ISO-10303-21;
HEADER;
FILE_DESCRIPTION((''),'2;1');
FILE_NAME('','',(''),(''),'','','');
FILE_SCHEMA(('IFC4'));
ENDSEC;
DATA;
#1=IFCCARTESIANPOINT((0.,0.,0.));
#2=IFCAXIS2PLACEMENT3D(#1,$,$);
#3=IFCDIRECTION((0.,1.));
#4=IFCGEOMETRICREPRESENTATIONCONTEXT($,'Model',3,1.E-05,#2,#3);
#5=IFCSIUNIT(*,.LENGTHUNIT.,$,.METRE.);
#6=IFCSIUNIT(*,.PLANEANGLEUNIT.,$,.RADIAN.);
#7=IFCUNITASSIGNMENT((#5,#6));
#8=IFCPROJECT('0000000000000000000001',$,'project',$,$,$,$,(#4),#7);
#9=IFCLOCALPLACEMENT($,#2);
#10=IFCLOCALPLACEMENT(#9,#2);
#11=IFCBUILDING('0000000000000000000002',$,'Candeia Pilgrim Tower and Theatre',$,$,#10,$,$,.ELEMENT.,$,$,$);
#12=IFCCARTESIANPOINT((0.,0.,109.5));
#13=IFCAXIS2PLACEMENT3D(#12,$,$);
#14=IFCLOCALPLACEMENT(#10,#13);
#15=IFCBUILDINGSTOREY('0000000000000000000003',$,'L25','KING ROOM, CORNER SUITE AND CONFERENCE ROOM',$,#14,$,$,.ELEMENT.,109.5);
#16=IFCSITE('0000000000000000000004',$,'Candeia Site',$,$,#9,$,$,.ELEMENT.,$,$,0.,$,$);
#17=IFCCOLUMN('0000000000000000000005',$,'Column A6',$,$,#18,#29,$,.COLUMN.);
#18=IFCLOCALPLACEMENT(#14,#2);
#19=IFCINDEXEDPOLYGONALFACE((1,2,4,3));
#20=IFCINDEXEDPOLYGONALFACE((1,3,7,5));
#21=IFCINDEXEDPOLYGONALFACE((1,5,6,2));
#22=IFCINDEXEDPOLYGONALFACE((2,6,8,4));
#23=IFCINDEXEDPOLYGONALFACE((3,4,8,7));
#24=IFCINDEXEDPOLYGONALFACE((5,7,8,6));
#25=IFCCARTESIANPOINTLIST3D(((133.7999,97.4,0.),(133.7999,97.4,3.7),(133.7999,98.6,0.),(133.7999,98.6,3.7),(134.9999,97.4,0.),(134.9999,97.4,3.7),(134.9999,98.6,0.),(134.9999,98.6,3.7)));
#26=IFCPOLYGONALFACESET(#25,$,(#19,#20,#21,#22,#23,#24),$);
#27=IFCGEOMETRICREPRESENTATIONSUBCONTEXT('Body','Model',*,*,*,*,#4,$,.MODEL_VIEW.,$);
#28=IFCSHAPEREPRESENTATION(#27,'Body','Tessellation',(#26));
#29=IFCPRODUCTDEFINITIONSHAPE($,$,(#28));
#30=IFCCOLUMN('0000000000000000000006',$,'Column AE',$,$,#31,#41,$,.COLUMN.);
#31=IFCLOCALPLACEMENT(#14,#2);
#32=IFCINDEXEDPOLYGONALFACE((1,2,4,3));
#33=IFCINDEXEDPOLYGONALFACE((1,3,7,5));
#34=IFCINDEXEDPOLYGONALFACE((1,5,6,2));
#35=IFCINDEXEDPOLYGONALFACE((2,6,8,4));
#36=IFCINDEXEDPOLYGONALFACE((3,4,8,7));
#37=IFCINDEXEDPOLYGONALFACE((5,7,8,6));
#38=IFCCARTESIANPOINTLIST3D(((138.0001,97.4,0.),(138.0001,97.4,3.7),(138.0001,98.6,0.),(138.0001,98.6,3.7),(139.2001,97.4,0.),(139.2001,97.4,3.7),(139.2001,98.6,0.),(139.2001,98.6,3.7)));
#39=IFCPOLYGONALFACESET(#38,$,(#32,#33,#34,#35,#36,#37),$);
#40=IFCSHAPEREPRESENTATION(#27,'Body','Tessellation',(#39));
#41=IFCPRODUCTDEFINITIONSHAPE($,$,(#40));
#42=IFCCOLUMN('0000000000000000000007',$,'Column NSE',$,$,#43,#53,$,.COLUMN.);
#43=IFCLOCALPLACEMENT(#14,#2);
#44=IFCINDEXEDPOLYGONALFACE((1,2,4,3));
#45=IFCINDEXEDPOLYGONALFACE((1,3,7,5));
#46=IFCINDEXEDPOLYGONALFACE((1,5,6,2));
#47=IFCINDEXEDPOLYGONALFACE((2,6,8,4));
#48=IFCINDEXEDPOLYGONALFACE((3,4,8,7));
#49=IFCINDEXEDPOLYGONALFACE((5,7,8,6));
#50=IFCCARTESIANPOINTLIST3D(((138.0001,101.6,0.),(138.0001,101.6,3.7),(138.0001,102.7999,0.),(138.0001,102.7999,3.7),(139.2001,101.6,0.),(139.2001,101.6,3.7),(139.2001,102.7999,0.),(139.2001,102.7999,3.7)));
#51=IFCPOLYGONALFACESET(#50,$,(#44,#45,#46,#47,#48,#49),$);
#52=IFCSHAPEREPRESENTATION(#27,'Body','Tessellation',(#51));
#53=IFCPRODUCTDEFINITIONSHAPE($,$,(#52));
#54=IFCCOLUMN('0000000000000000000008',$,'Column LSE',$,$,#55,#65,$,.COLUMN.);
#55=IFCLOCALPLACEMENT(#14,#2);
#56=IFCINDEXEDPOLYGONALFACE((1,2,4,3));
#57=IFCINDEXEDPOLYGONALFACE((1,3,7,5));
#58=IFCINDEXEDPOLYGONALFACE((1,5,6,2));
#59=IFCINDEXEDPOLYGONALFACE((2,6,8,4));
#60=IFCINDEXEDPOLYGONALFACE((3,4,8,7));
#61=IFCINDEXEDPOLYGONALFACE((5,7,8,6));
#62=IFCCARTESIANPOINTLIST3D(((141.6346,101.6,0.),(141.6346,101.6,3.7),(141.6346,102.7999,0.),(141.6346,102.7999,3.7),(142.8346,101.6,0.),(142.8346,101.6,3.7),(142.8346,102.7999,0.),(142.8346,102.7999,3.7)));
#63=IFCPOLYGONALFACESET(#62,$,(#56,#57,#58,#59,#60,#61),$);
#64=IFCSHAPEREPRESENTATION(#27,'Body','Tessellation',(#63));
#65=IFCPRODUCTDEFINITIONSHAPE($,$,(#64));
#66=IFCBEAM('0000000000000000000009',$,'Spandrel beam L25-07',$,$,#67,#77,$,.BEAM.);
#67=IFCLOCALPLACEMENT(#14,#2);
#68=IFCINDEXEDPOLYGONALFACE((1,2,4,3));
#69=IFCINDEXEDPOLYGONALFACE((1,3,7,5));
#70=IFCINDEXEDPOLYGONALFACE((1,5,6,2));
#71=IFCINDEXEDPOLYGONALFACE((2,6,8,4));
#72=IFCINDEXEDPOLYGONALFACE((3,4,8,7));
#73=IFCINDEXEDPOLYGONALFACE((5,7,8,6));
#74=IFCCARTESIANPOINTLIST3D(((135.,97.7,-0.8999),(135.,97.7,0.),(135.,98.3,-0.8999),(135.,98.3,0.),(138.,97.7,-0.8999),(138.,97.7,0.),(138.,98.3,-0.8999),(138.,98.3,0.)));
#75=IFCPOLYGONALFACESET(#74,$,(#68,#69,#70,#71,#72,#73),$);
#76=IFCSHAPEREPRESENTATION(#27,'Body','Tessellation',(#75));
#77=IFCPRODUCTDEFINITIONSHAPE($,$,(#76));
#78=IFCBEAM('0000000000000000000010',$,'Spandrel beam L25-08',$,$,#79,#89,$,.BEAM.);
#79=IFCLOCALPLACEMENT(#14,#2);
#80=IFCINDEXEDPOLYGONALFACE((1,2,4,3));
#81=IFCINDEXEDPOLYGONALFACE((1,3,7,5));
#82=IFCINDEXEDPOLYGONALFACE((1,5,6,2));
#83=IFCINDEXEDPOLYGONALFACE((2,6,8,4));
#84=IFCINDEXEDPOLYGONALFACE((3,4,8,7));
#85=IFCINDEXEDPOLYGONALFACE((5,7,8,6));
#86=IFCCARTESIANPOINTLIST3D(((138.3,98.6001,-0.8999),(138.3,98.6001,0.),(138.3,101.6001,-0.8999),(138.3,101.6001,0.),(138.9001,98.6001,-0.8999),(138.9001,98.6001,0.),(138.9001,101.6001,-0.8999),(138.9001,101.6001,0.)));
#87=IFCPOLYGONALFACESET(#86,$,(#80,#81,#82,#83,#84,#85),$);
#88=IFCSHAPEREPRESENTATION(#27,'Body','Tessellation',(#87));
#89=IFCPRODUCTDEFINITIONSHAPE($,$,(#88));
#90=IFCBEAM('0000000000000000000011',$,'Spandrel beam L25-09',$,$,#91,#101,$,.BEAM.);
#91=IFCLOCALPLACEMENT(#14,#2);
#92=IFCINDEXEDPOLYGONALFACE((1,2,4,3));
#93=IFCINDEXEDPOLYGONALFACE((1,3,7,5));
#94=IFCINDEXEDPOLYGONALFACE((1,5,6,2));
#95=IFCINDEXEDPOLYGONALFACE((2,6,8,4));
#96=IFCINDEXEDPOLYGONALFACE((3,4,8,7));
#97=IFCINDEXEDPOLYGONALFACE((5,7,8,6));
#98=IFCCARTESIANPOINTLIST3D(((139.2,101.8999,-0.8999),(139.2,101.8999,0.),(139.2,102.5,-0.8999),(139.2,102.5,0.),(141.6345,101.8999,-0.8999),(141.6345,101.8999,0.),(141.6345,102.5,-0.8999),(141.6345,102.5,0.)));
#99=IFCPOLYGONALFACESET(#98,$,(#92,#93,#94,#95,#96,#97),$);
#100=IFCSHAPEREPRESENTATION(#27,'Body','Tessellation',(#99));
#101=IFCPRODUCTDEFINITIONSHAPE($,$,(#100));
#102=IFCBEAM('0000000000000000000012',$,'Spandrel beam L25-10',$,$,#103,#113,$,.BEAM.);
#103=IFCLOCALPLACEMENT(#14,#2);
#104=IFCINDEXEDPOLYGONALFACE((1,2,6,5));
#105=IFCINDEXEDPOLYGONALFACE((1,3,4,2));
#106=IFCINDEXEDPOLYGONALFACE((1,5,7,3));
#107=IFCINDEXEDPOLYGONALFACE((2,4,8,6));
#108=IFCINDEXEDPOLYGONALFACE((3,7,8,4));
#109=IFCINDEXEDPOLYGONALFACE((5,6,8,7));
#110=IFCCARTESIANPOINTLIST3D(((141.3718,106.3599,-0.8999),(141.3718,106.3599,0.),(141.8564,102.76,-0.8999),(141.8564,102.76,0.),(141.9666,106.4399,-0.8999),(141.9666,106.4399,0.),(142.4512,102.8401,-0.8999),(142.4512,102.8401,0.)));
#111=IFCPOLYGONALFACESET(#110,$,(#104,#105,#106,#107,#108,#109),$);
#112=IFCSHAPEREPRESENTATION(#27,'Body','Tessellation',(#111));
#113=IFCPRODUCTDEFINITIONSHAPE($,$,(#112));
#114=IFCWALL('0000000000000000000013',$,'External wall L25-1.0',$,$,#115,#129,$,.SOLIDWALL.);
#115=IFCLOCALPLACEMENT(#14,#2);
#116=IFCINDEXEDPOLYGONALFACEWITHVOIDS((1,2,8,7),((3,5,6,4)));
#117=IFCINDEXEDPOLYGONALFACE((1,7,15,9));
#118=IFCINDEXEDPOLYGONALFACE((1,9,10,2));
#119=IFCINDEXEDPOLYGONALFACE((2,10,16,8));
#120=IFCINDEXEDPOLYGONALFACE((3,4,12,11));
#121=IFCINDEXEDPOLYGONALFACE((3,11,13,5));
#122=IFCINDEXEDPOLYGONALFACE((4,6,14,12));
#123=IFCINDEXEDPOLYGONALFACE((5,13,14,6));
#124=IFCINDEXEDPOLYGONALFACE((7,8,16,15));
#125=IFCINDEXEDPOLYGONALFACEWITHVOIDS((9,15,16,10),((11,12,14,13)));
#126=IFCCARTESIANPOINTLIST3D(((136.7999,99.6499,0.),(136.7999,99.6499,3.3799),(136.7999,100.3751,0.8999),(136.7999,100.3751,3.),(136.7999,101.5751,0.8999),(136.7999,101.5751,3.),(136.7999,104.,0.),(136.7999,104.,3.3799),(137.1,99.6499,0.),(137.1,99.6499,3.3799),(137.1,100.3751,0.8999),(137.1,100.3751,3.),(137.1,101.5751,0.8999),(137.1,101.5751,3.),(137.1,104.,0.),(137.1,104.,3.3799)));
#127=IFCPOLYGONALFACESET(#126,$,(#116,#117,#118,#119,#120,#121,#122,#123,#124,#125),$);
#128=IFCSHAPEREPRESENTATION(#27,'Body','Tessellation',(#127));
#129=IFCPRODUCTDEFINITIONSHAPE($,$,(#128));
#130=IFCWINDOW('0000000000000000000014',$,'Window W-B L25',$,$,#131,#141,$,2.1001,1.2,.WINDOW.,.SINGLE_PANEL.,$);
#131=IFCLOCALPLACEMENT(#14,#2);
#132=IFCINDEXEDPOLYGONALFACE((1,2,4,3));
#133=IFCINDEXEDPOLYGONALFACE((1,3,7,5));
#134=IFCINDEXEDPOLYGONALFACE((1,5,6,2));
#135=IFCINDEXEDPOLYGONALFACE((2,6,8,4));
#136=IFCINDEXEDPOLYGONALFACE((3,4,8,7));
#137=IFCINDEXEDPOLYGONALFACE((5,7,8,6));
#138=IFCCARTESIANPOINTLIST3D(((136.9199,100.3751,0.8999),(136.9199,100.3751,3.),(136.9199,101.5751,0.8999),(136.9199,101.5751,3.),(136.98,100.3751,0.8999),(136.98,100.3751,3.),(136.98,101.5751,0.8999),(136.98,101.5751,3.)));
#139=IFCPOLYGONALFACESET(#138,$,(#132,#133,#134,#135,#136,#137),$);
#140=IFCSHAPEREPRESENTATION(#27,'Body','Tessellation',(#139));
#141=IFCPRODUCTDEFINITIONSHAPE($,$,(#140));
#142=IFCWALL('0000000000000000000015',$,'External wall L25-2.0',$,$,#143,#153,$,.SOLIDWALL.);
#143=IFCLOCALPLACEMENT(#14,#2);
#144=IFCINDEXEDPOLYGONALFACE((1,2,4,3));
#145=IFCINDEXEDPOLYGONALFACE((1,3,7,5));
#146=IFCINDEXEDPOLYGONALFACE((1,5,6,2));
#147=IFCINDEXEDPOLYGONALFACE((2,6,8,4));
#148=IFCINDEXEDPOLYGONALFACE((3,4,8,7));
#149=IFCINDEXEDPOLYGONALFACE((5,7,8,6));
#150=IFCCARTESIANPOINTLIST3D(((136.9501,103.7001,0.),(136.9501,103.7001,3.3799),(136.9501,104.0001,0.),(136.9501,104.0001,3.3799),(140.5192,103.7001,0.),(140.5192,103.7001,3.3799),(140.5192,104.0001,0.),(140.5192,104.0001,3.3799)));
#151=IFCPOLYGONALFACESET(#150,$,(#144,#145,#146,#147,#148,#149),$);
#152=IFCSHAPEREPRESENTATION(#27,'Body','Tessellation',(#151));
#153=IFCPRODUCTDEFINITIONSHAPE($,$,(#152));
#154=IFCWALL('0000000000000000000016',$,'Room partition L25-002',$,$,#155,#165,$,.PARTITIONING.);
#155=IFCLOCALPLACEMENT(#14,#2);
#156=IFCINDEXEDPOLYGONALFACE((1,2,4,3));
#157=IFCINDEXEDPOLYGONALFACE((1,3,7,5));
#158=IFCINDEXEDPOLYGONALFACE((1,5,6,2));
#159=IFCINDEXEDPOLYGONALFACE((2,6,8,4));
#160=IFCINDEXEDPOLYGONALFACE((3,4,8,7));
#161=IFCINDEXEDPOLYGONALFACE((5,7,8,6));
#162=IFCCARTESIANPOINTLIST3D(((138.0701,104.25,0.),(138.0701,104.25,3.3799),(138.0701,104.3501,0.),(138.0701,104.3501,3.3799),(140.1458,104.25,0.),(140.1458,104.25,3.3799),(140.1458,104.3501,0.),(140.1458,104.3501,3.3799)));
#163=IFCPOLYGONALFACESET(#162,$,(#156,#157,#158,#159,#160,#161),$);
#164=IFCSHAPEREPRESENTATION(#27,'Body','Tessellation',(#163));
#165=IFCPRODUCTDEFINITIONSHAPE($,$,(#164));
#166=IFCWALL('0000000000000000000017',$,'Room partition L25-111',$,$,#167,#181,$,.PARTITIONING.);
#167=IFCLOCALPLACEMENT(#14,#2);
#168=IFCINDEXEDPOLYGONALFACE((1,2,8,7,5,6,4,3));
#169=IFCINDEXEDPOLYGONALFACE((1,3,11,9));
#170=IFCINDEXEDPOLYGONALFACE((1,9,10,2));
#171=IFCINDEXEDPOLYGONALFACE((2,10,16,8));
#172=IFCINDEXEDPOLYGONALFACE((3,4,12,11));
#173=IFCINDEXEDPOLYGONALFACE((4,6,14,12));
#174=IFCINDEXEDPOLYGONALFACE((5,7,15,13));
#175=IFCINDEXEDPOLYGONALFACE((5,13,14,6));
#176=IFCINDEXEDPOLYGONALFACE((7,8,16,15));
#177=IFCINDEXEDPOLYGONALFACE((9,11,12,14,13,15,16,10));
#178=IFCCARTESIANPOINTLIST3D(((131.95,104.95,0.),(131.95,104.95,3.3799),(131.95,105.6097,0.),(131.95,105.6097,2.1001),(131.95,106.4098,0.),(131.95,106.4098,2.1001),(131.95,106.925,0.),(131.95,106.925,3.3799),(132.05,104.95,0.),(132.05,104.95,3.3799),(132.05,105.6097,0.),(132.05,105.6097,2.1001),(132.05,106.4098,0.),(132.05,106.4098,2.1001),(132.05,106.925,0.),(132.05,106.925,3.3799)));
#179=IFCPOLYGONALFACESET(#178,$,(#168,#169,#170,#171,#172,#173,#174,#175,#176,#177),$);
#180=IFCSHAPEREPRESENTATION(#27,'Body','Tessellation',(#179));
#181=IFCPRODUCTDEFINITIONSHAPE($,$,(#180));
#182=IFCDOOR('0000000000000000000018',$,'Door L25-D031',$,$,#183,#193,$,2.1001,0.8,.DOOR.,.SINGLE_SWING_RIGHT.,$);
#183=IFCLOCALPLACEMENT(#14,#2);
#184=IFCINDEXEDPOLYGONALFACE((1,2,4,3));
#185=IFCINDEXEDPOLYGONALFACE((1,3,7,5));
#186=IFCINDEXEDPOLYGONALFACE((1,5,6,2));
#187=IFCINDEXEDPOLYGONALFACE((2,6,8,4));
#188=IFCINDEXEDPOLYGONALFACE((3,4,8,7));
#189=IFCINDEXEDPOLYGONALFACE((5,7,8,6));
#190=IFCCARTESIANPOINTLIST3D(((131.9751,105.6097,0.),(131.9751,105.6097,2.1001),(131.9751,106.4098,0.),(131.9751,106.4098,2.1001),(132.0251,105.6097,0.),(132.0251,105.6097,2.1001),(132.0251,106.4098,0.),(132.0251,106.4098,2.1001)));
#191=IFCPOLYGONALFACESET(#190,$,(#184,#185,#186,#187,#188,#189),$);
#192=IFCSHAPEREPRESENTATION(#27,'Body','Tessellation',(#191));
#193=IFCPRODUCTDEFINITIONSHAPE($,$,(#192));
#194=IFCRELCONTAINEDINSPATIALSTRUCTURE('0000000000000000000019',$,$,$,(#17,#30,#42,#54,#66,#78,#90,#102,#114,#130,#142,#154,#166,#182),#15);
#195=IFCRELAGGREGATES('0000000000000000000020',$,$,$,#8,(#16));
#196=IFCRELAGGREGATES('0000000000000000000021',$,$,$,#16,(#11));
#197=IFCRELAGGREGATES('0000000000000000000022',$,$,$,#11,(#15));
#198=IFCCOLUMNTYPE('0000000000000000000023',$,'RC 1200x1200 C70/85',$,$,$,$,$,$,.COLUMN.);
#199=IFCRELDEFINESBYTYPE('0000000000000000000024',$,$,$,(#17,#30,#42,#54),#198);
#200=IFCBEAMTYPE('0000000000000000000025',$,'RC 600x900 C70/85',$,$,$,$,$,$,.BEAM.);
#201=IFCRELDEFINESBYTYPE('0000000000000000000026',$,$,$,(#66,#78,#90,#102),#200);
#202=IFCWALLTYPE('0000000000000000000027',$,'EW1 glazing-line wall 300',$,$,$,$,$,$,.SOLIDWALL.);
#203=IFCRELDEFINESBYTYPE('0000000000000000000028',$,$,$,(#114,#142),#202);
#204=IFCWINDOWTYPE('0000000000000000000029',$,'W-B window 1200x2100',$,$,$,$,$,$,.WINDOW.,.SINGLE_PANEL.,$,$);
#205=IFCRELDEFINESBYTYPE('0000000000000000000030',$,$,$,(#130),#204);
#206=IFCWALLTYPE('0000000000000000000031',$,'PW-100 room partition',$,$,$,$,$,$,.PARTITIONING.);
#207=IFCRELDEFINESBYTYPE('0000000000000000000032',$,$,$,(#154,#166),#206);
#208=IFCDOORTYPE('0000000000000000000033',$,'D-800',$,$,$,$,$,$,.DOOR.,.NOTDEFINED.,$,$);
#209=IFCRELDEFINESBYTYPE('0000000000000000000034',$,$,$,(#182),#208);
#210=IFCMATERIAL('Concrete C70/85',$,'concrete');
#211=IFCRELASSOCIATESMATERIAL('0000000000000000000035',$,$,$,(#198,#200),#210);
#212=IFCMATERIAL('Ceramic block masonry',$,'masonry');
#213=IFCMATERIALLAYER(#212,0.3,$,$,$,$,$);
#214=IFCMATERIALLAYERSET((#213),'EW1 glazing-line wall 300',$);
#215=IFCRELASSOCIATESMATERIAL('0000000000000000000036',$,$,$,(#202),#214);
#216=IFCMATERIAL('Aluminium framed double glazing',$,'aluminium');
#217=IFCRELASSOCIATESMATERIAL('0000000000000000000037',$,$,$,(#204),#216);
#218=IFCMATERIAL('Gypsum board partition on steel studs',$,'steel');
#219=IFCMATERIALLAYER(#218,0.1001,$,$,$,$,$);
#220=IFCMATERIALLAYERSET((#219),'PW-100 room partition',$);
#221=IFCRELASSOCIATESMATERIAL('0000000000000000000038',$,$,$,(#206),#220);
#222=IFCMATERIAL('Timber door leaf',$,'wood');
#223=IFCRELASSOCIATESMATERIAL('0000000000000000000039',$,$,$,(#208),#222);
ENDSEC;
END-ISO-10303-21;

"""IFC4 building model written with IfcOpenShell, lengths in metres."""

from ifc_helpers import new_model, si_unit, direction, frame, frame_2d, origin, origin_2d, place, context, subcontext, project, spatial, rectangle, extrude, material, layer, layer_set, material_profile, profile_set, type_object, element, fill, save


model = new_model("IFC4")

# Units and contexts
model_context = context("Model", 3, precision=1e-05, world=origin(), true_north=direction((0.0, 1.0)))
body_context = subcontext(model_context, "Body", "Model", "MODEL_VIEW")
ifc_project = project(units=[si_unit("LENGTHUNIT", "METRE"), si_unit("PLANEANGLEUNIT", "RADIAN")], contexts=[model_context])

# Site, building, storey
site_placement = place(None, origin())
site = spatial("IfcSite", under=ifc_project, at=site_placement, Name="Candeia Site", CompositionType="ELEMENT", RefElevation=0.0)
building_placement = place(site_placement, origin())
building = spatial("IfcBuilding", under=site, at=building_placement, Name="Candeia Pilgrim Tower and Theatre", CompositionType="ELEMENT")
storey_placement = place(building_placement, frame((0.0, 0.0, 109.5)))
storey = spatial("IfcBuildingStorey", under=building, at=storey_placement, Name="L25", Description="KING ROOM, CORNER SUITE AND CONFERENCE ROOM", CompositionType="ELEMENT", Elevation=109.5)

# Columns
ifc_material_1 = material(Name="Concrete C70/85", Category="concrete")
ifc_material_profile_1 = material_profile(ifc_material_1, rectangle(XDim=1.2, YDim=1.2, at=origin_2d()))
ifc_profile_set_1 = profile_set([ifc_material_profile_1], Name="Concrete C70/85")
column_type = type_object("IfcColumnType", Name="RC 1200x1200 C70/85", PredefinedType="COLUMN", material=ifc_profile_set_1)
for number, where, z_axis, x_axis, name in (
    (1, (134.3999, 98.0, 0.0), (0.0, 0.0, 1.0), (1.0, 0.0, 0.0), "Column A6"),
    (2, (138.6001, 98.0, 0.0), (0.0, 0.0, 1.0), (1.0, 0.0, 0.0), "Column AE"),
    (3, (138.6001, 102.2, 0.0), (0.0, 0.0, 1.0), (1.0, 0.0, 0.0), "Column NSE"),
    (4, (142.2346, 102.2, 0.0), (0.0, 0.0, 1.0), (1.0, 0.0, 0.0), "Column LSE"),
):
    element("IfcColumn", number, at=place(storey_placement, frame(where, z_axis=z_axis, x_axis=x_axis)), inside=storey, type_object=column_type, Name=name, PredefinedType="COLUMN", context=body_context, shape_type="SweptSolid", body=[
        extrude(rectangle(XDim=1.2, YDim=1.2, at=origin_2d()), origin(), (0.0, 0.0, 1.0), 3.7),
    ])

# Beams
ifc_material_profile_2 = material_profile(ifc_material_1, rectangle(XDim=0.6001, YDim=0.8999, at=origin_2d()))
ifc_profile_set_2 = profile_set([ifc_material_profile_2], Name="Concrete C70/85")
beam_type = type_object("IfcBeamType", Name="RC 600x900 C70/85", PredefinedType="BEAM", material=ifc_profile_set_2)
for number, where, z_axis, x_axis, name in (
    (5, (135.0, 98.0, -0.45), (1.0, 0.0, 0.0), (0.0, 1.0, 0.0), "Spandrel beam L25-07"),
    (6, (138.6001, 98.6001, -0.45), (0.0, 1.0, 0.0), (-1.0, 0.0, 0.0), "Spandrel beam L25-08"),
):
    element("IfcBeam", number, at=place(storey_placement, frame(where, z_axis=z_axis, x_axis=x_axis)), inside=storey, type_object=beam_type, Name=name, PredefinedType="BEAM", context=body_context, shape_type="SweptSolid", body=[
        extrude(rectangle(XDim=0.6001, YDim=0.8999, at=origin_2d()), origin(), (0.0, 0.0, 1.0), 3.0),
    ])
beam_1_placement = place(storey_placement, frame((139.2, 102.2, -0.45), z_axis=(1.0, 0.0, 0.0), x_axis=(0.0, 1.0, 0.0)))
element("IfcBeam", 7, at=beam_1_placement, inside=storey, type_object=beam_type, Name="Spandrel beam L25-09", PredefinedType="BEAM", context=body_context, shape_type="SweptSolid", body=[
    extrude(rectangle(XDim=0.6001, YDim=0.8999, at=origin_2d()), origin(), (0.0, 0.0, 1.0), 2.4346),
])
beam_2_placement = place(storey_placement, frame((142.1538, 102.8, -0.45), z_axis=(-0.133418, 0.99106, 0.0), x_axis=(-0.99106, -0.133418, 0.0)))
element("IfcBeam", 8, at=beam_2_placement, inside=storey, type_object=beam_type, Name="Spandrel beam L25-10", PredefinedType="BEAM", context=body_context, shape_type="SweptSolid", body=[
    extrude(rectangle(XDim=0.6001, YDim=0.8999, at=origin_2d()), origin(), (0.0, 0.0, 1.0), 3.6323),
])

# Wall, opening, window
ifc_material_2 = material(Name="Ceramic block masonry", Category="masonry")
ifc_layer_1 = layer(ifc_material_2, 0.3)
ifc_layer_set_1 = layer_set([ifc_layer_1], Name="EW1 glazing-line wall 300")
wall_type_1 = type_object("IfcWallType", Name="EW1 glazing-line wall 300", PredefinedType="SOLIDWALL", material=ifc_layer_set_1)
wall_1_placement = place(storey_placement, frame((136.95, 99.6499, 0.0), z_axis=(0.0, 0.0, 1.0), x_axis=(0.0, 1.0, 0.0)))
wall_1 = element("IfcWall", 9, at=wall_1_placement, inside=storey, type_object=wall_type_1, Name="External wall L25-1.0", PredefinedType="SOLIDWALL", context=body_context, shape_type="SweptSolid", body=[
    extrude(rectangle(XDim=4.3501, YDim=0.3, at=frame_2d((2.175, 0.0))), origin(), (0.0, 0.0, 1.0), 3.3799),
])
opening_1_placement = place(wall_1_placement, frame((0.7251, 0.0, 0.8999)))
opening_1 = element("IfcOpeningElement", 10, at=opening_1_placement, cuts=wall_1, PredefinedType="OPENING", context=body_context, shape_type="SweptSolid", body=[
    extrude(rectangle(XDim=1.2, YDim=2.1001, at=frame_2d((0.6001, 1.05))), frame((0.0, 0.1602, 0.0), z_axis=(0.0, -1.0, 0.0), x_axis=(1.0, 0.0, 0.0)), (0.0, 0.0, 1.0), 0.3201),
])
ifc_material_3 = material(Name="Aluminium framed double glazing", Category="aluminium")
window_type = type_object("IfcWindowType", Name="W-B window 1200x2100", PartitioningType="SINGLE_PANEL", PredefinedType="WINDOW", material=ifc_material_3)
window_1_placement = place(opening_1_placement, origin())
window_1 = element("IfcWindow", 11, at=window_1_placement, inside=storey, type_object=window_type, Name="Window W-B L25", OverallHeight=2.1001, OverallWidth=1.2, PartitioningType="SINGLE_PANEL", PredefinedType="WINDOW", context=body_context, shape_type="SweptSolid", body=[
    extrude(rectangle(XDim=1.2, YDim=2.1001, at=frame_2d((0.6001, 1.05))), frame((0.0, 0.03, 0.0), z_axis=(0.0, -1.0, 0.0), x_axis=(1.0, 0.0, 0.0)), (0.0, 0.0, 1.0), 0.0601),
])
fill(opening_1, window_1)

# Wall
wall_2_placement = place(storey_placement, frame((136.95, 103.8501, 0.0), z_axis=(0.0, 0.0, 1.0), x_axis=(1.0, 0.0, 0.0)))
element("IfcWall", 12, at=wall_2_placement, inside=storey, type_object=wall_type_1, Name="External wall L25-2.0", PredefinedType="SOLIDWALL", context=body_context, shape_type="SweptSolid", body=[
    extrude(rectangle(XDim=3.5691, YDim=0.3, at=frame_2d((1.7847, 0.0))), origin(), (0.0, 0.0, 1.0), 3.3799),
])

# Wall
ifc_material_4 = material(Name="Gypsum board partition on steel studs", Category="steel")
ifc_layer_2 = layer(ifc_material_4, 0.1001)
ifc_layer_set_2 = layer_set([ifc_layer_2], Name="PW-100 room partition")
wall_type_2 = type_object("IfcWallType", Name="PW-100 room partition", PredefinedType="PARTITIONING", material=ifc_layer_set_2)
wall_3_placement = place(storey_placement, frame((138.0701, 104.3, 0.0), z_axis=(0.0, 0.0, 1.0), x_axis=(1.0, 0.0, 0.0)))
element("IfcWall", 13, at=wall_3_placement, inside=storey, type_object=wall_type_2, Name="Room partition L25-002", PredefinedType="PARTITIONING", context=body_context, shape_type="SweptSolid", body=[
    extrude(rectangle(XDim=2.0757, YDim=0.1001, at=frame_2d((1.0378, 0.0))), origin(), (0.0, 0.0, 1.0), 3.3799),
])

# Wall, opening, door
wall_4_placement = place(storey_placement, frame((132.0, 104.95, 0.0), z_axis=(0.0, 0.0, 1.0), x_axis=(0.0, 1.0, 0.0)))
wall_4 = element("IfcWall", 14, at=wall_4_placement, inside=storey, type_object=wall_type_2, Name="Room partition L25-111", PredefinedType="PARTITIONING", context=body_context, shape_type="SweptSolid", body=[
    extrude(rectangle(XDim=1.9751, YDim=0.1001, at=frame_2d((0.9875, 0.0))), origin(), (0.0, 0.0, 1.0), 3.3799),
])
opening_2_placement = place(wall_4_placement, frame((0.6599, 0.0, 0.0)))
opening_2 = element("IfcOpeningElement", 15, at=opening_2_placement, cuts=wall_4, PredefinedType="OPENING", context=body_context, shape_type="SweptSolid", body=[
    extrude(rectangle(XDim=0.8, YDim=2.1001, at=frame_2d((0.3999, 1.05))), frame((0.0, 0.0601, 0.0), z_axis=(0.0, -1.0, 0.0), x_axis=(1.0, 0.0, 0.0)), (0.0, 0.0, 1.0), 0.1201),
])
ifc_material_5 = material(Name="Timber door leaf", Category="wood")
door_type_1 = type_object("IfcDoorType", Name="D-800", OperationType="NOTDEFINED", PredefinedType="DOOR", material=ifc_material_5)
door_1_placement = place(opening_2_placement, origin())
door_1 = element("IfcDoor", 16, at=door_1_placement, inside=storey, type_object=door_type_1, Name="Door L25-D031", OperationType="SINGLE_SWING_RIGHT", OverallHeight=2.1001, OverallWidth=0.8, PredefinedType="DOOR", context=body_context, shape_type="SweptSolid", body=[
    extrude(rectangle(XDim=0.8, YDim=2.1001, at=frame_2d((0.3999, 1.05))), frame((0.0, 0.0249, 0.0), z_axis=(0.0, -1.0, 0.0), x_axis=(1.0, 0.0, 0.0)), (0.0, 0.0, 1.0), 0.05),
])
fill(opening_2, door_1)

save(model, "model.ifc")
